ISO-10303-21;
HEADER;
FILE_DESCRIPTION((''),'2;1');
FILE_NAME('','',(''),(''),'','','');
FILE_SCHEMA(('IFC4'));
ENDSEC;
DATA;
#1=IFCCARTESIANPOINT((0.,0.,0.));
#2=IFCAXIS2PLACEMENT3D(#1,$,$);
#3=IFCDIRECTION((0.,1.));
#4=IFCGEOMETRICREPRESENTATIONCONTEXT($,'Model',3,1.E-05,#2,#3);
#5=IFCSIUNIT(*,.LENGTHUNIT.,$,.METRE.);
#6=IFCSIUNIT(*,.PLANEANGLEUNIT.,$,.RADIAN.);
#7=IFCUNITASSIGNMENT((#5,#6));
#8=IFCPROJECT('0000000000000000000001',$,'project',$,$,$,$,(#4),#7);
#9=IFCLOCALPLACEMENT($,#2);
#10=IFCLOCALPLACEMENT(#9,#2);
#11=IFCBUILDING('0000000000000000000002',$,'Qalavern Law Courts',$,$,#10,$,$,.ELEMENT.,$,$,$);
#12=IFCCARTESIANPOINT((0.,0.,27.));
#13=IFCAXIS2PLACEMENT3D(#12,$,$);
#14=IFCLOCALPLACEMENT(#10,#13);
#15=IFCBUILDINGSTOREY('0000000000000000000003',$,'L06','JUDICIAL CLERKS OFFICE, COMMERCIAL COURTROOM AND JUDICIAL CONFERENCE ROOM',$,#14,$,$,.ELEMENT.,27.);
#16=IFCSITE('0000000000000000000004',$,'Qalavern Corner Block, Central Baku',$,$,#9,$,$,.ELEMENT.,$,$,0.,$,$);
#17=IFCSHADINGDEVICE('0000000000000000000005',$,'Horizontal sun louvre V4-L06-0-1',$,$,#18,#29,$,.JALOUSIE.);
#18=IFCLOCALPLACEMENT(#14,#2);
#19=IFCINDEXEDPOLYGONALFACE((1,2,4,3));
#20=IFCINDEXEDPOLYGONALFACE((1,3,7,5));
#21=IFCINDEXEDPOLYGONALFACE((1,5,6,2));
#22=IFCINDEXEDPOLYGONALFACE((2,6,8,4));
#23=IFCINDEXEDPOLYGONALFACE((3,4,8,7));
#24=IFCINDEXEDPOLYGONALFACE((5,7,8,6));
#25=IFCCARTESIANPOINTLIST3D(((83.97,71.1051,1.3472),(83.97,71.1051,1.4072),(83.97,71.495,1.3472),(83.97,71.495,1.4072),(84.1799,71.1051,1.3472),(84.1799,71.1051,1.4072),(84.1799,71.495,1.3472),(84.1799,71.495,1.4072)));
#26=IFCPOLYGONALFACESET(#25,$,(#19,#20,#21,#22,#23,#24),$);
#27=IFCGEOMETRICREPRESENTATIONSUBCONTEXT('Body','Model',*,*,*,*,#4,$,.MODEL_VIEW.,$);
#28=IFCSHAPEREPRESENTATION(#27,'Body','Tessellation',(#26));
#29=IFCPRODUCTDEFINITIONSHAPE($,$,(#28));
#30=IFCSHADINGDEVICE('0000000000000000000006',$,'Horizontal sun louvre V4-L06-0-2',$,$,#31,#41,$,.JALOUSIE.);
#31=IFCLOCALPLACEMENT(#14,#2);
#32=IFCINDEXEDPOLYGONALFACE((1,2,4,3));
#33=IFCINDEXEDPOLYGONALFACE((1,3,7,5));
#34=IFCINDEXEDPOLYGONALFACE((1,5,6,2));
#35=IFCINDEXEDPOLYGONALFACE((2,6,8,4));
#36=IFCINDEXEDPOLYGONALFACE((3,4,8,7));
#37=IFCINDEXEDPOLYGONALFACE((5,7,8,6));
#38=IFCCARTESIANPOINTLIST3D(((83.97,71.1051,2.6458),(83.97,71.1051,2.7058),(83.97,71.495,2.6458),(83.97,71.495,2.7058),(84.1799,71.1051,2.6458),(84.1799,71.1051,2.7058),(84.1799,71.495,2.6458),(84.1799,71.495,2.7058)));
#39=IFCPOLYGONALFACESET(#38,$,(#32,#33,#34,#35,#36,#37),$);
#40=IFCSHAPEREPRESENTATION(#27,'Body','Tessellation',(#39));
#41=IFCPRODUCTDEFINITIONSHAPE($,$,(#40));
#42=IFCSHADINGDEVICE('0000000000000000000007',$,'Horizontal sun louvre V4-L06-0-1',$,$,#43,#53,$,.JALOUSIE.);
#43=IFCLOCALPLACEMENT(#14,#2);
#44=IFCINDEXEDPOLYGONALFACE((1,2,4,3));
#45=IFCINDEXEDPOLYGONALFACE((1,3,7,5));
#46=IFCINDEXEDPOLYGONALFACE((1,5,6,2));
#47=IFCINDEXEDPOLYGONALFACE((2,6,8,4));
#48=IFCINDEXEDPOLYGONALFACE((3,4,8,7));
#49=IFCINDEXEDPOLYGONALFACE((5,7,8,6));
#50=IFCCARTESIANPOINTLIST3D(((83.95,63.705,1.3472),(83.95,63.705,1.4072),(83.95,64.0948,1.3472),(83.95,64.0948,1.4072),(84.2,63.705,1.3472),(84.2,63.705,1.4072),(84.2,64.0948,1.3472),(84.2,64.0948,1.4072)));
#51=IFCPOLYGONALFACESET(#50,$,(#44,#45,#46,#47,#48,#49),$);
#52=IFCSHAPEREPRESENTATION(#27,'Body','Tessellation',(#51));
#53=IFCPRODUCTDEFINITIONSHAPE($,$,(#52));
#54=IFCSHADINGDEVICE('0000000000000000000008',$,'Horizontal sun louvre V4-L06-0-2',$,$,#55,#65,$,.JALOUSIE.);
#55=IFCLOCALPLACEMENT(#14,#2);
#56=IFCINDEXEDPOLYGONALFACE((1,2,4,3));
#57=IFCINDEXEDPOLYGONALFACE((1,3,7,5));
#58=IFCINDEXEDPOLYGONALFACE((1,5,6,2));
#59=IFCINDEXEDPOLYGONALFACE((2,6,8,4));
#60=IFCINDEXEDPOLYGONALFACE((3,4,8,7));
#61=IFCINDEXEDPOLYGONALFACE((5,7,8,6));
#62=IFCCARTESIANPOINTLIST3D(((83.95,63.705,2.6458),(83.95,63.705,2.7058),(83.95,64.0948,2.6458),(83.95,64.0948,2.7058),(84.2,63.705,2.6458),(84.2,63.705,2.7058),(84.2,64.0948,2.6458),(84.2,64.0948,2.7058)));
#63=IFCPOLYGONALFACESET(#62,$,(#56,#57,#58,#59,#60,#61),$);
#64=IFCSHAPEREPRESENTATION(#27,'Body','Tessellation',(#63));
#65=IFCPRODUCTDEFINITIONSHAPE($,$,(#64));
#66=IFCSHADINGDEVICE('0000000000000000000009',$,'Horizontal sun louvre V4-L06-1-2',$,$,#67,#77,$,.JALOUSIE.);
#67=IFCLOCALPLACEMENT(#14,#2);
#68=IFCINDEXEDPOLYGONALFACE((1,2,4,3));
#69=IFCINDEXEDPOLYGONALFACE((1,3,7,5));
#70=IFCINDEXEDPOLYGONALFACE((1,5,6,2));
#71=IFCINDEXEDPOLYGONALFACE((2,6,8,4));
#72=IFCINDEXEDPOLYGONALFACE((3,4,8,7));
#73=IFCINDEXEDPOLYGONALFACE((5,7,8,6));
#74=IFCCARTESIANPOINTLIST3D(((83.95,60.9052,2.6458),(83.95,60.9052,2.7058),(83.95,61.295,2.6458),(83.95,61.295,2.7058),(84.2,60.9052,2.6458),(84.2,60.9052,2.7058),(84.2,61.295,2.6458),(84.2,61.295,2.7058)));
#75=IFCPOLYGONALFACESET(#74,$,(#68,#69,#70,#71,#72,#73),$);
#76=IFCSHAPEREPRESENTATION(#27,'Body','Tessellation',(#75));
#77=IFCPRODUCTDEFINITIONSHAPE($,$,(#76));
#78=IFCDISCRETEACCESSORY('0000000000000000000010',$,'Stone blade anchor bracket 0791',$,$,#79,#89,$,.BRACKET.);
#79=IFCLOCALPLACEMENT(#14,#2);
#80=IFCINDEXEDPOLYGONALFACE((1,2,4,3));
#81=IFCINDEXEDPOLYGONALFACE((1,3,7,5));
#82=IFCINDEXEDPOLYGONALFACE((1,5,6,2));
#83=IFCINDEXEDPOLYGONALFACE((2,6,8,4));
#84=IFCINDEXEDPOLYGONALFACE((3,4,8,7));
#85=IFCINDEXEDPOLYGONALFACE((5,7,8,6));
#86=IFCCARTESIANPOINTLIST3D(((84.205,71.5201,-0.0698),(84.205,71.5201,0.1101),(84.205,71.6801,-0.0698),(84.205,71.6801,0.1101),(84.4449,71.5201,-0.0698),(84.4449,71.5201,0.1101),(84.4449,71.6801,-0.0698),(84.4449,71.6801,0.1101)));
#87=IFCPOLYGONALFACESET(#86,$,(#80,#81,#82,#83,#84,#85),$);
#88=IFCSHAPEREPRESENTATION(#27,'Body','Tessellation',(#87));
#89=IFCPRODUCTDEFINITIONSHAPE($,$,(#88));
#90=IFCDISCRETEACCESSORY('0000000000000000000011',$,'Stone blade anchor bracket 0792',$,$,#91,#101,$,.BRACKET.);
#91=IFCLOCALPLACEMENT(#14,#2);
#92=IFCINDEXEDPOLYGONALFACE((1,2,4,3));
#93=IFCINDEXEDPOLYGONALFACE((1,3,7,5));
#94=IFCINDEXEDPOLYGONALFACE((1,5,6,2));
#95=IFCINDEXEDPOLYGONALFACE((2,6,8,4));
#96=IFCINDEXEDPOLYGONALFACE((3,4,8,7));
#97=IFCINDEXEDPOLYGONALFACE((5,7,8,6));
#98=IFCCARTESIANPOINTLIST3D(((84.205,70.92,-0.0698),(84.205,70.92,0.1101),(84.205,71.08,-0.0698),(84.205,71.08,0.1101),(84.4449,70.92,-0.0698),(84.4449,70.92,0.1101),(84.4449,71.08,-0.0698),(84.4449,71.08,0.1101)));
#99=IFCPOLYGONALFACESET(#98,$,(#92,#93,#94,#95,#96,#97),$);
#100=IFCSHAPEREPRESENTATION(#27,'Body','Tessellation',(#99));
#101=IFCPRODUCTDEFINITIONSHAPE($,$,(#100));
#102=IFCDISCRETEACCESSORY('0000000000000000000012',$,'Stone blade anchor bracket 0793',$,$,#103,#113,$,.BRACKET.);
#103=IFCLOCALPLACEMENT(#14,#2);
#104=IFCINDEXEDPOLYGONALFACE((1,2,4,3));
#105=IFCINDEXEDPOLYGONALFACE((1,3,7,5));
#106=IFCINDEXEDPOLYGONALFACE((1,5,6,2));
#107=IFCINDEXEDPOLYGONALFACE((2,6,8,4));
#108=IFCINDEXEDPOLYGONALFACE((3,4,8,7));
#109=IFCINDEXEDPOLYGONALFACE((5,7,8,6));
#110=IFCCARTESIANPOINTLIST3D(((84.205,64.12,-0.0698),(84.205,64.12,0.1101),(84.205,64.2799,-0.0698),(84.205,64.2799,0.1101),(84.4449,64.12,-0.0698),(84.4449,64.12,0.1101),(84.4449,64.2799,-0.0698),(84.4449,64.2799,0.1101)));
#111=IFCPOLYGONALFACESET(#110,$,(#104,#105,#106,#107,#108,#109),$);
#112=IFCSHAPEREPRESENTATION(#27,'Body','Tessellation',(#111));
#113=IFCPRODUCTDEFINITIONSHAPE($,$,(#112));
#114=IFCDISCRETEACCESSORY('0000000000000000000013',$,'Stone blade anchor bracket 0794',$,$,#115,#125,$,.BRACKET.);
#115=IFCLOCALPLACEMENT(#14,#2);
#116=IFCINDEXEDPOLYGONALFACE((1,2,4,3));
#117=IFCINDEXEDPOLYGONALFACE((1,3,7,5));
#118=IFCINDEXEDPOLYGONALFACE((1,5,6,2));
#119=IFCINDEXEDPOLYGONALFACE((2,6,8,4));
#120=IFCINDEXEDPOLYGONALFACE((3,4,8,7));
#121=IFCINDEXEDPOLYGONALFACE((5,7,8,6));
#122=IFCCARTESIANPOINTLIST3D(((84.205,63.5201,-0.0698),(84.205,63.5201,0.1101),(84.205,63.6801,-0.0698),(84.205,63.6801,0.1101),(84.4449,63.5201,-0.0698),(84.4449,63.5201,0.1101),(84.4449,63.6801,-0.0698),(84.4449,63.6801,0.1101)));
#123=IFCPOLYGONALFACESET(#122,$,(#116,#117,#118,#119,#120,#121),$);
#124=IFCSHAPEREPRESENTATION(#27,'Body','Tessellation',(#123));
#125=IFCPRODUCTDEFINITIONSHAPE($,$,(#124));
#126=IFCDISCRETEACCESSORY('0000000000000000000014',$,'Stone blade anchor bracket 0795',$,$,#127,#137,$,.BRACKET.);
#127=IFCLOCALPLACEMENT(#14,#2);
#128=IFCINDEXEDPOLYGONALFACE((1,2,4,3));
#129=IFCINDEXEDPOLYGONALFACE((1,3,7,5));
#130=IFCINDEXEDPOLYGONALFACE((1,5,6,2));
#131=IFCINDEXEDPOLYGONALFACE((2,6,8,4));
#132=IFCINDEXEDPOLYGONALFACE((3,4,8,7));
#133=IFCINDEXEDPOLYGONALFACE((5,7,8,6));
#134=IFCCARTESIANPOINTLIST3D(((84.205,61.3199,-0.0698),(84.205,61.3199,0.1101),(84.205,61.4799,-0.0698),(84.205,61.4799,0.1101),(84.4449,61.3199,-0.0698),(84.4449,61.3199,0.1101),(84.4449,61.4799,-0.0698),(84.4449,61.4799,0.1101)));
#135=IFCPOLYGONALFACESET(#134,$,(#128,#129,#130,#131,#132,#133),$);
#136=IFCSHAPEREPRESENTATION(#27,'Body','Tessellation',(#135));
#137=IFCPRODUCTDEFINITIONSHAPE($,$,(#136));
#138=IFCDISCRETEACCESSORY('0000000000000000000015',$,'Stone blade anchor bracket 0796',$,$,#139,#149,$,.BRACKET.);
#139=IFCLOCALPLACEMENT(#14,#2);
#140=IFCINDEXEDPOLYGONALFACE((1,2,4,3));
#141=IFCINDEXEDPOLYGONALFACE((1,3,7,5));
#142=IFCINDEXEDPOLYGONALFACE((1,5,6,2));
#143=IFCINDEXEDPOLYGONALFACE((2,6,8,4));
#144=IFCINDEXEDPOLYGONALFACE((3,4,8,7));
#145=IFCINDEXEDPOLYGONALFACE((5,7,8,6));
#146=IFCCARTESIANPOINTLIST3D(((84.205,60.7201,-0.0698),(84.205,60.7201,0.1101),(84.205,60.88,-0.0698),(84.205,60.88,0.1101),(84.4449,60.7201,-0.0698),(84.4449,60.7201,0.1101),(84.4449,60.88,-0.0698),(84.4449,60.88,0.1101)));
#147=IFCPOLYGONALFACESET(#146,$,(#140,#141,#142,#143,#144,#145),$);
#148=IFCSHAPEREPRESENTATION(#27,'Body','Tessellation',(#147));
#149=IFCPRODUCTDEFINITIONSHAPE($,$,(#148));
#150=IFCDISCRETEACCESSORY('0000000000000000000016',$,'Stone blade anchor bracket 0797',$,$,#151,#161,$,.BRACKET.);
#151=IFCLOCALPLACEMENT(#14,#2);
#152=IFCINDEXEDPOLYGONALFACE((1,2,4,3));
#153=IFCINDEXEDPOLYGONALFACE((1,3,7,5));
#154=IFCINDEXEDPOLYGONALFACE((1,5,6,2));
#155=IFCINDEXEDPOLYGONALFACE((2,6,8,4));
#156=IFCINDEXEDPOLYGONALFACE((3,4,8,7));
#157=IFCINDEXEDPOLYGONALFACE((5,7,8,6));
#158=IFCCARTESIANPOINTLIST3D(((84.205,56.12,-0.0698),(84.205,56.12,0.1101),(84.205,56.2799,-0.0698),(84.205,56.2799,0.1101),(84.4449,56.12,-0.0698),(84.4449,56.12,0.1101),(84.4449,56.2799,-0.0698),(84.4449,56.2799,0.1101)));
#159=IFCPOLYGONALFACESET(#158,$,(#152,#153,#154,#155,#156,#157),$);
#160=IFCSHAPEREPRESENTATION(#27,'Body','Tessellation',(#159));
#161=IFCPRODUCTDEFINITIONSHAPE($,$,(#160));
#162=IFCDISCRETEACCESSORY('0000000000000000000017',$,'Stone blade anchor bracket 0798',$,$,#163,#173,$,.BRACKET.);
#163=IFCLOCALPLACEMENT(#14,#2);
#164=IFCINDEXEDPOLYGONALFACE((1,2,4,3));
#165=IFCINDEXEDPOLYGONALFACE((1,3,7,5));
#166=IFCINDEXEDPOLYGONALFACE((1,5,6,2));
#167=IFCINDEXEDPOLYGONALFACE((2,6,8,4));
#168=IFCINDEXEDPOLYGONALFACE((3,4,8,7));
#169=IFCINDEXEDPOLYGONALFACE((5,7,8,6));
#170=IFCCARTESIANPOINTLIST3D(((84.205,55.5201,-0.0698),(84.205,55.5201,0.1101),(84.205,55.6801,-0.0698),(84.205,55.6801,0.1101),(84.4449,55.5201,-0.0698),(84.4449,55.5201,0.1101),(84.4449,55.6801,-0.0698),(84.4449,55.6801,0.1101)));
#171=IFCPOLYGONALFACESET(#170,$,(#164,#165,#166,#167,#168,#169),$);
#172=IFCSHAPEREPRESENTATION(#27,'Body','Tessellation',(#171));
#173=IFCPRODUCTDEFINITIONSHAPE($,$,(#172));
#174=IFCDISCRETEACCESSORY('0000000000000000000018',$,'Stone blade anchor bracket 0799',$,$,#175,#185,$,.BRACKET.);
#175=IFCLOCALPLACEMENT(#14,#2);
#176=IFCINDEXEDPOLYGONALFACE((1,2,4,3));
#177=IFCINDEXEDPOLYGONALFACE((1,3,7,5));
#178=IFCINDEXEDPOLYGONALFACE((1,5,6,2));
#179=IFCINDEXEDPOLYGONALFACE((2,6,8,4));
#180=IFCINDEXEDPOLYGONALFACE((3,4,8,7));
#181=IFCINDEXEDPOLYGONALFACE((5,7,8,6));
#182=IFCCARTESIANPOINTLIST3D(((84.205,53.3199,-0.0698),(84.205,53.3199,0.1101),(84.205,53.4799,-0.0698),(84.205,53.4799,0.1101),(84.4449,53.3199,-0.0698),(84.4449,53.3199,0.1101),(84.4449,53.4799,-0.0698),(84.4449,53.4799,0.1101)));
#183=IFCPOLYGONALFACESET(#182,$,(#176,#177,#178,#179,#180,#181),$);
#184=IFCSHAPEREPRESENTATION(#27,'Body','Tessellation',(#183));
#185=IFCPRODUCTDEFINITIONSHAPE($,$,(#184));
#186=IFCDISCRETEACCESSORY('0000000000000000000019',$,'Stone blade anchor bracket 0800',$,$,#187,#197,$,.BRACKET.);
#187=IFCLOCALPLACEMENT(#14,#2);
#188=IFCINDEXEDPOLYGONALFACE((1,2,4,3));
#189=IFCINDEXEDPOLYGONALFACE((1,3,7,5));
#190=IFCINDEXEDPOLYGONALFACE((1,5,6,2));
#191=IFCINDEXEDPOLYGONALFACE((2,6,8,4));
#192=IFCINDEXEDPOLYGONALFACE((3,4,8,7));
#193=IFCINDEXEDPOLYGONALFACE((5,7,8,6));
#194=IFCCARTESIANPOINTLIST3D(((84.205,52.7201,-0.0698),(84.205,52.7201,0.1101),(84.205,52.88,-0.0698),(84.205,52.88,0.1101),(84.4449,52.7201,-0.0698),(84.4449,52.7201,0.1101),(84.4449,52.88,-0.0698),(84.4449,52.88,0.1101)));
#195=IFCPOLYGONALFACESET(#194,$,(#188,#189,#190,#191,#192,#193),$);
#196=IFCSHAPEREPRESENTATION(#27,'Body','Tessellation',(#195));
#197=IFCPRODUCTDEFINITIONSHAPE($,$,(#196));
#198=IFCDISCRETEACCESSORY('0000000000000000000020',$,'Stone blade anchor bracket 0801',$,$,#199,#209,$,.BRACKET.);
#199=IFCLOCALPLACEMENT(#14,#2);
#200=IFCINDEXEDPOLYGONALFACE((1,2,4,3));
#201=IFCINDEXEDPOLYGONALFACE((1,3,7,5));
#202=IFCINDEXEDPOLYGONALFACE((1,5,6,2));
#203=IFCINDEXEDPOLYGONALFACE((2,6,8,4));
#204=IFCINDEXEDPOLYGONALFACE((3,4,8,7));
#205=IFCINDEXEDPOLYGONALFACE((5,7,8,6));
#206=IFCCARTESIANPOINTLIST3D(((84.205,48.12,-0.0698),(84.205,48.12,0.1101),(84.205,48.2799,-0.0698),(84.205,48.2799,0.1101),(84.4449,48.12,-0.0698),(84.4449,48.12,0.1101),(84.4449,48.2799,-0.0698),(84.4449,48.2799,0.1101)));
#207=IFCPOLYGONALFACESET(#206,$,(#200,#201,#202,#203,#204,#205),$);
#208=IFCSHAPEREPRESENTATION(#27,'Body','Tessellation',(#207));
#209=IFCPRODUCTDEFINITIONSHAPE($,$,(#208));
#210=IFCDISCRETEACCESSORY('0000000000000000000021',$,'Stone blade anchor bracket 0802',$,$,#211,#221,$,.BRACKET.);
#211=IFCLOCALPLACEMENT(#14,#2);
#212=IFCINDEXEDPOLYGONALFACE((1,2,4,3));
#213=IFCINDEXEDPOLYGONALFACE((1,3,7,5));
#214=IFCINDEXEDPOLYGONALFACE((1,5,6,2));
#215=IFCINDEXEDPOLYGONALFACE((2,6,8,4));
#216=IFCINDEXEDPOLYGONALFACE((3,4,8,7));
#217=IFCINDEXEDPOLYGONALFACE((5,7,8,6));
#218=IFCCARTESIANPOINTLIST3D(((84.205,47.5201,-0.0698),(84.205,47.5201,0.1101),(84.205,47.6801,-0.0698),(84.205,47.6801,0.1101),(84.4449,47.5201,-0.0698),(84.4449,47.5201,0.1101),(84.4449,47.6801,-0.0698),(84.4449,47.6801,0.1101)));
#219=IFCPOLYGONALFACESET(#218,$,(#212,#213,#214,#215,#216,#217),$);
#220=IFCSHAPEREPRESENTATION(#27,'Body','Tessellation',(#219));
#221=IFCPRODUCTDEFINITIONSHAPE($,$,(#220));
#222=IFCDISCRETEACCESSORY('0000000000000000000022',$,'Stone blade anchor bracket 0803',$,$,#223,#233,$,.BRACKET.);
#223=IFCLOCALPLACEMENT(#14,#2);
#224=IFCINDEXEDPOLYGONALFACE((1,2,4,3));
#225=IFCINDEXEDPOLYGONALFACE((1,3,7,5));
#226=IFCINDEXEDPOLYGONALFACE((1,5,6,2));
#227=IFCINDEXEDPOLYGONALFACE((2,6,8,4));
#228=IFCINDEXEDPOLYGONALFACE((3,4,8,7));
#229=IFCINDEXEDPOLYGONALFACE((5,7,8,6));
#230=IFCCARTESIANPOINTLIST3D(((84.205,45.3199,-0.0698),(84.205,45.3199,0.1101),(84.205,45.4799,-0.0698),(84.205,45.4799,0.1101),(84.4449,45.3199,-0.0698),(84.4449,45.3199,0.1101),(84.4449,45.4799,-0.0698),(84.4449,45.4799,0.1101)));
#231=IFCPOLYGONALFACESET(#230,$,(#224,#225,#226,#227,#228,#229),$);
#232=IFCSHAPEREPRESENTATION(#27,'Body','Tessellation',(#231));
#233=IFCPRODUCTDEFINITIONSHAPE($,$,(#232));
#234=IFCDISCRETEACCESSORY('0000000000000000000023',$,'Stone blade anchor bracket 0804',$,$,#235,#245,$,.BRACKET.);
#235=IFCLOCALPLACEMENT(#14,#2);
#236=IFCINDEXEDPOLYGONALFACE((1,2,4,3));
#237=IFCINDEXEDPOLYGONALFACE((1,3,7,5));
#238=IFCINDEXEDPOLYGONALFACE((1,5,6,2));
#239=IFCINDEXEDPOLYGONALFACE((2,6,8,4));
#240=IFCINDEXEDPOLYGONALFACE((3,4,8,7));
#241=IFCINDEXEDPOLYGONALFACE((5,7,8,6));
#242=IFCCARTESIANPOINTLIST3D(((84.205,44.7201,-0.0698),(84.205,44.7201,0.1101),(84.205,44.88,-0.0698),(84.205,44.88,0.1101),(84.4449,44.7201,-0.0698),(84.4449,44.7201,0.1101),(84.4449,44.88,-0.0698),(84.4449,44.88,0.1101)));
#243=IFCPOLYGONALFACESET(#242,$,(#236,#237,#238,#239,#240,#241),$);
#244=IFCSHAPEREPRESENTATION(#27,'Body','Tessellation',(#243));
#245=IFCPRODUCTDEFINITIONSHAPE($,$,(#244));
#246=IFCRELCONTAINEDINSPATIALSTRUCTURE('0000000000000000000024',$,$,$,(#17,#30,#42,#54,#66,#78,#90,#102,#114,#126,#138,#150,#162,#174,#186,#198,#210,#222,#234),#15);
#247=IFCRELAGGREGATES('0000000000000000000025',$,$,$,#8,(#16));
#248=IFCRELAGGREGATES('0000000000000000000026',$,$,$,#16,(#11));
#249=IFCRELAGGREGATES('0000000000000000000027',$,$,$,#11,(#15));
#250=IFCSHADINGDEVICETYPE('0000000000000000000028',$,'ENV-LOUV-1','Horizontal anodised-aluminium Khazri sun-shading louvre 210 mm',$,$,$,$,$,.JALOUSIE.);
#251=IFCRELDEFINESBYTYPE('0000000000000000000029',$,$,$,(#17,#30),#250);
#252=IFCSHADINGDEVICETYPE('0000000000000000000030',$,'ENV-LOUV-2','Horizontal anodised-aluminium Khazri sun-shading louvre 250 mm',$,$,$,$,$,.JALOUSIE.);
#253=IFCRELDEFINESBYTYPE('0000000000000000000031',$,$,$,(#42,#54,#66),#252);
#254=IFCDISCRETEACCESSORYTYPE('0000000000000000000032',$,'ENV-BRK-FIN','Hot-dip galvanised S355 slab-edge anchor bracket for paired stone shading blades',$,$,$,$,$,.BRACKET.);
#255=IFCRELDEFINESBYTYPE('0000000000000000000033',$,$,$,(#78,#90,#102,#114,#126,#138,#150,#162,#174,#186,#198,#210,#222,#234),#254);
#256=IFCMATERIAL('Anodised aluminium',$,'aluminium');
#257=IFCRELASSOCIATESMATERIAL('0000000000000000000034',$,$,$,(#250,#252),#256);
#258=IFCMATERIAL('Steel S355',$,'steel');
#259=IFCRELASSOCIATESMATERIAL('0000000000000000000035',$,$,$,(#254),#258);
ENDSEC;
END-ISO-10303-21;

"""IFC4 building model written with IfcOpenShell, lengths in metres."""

from ifc_helpers import new_model, si_unit, direction, frame, origin, origin_2d, place, context, subcontext, project, spatial, rectangle, extrude, material, type_object, element, save


model = new_model("IFC4")

# Units and contexts
model_context = context("Model", 3, precision=1e-05, world=origin(), true_north=direction((0.0, 1.0)))
body_context = subcontext(model_context, "Body", "Model", "MODEL_VIEW")
ifc_project = project(units=[si_unit("LENGTHUNIT", "METRE"), si_unit("PLANEANGLEUNIT", "RADIAN")], contexts=[model_context])

# Site, building, storey
site_placement = place(None, origin())
site = spatial("IfcSite", under=ifc_project, at=site_placement, Name="Qalavern Corner Block, Central Baku", CompositionType="ELEMENT", RefElevation=0.0)
building_placement = place(site_placement, origin())
building = spatial("IfcBuilding", under=site, at=building_placement, Name="Qalavern Law Courts", CompositionType="ELEMENT")
storey_placement = place(building_placement, frame((0.0, 0.0, 27.0)))
storey = spatial("IfcBuildingStorey", under=building, at=storey_placement, Name="L06", Description="JUDICIAL CLERKS OFFICE, COMMERCIAL COURTROOM AND JUDICIAL CONFERENCE ROOM", CompositionType="ELEMENT", Elevation=27.0)

# Shared definitions
ifc_material_1 = material(Name="Anodised aluminium", Category="aluminium")

# Shading devices
shading_device_type_1 = type_object("IfcShadingDeviceType", Name="ENV-LOUV-1", Description="Horizontal anodised-aluminium Khazri sun-shading louvre 210 mm", PredefinedType="JALOUSIE", material=ifc_material_1)
for number, where, z_axis, x_axis, name in (
    (1, (84.075, 71.3, 1.3472), (0.0, 0.0, 1.0), (0.0, -1.0, 0.0), "Horizontal sun louvre V4-L06-0-1"),
    (2, (84.075, 71.3, 2.6458), (0.0, 0.0, 1.0), (0.0, -1.0, 0.0), "Horizontal sun louvre V4-L06-0-2"),
):
    element("IfcShadingDevice", number, at=place(storey_placement, frame(where, z_axis=z_axis, x_axis=x_axis)), inside=storey, type_object=shading_device_type_1, Name=name, PredefinedType="JALOUSIE", context=body_context, shape_type="SweptSolid", body=[
        extrude(rectangle(XDim=0.3899, YDim=0.21, at=origin_2d()), origin(), (0.0, 0.0, 1.0), 0.0601),
    ])
shading_device_type_2 = type_object("IfcShadingDeviceType", Name="ENV-LOUV-2", Description="Horizontal anodised-aluminium Khazri sun-shading louvre 250 mm", PredefinedType="JALOUSIE", material=ifc_material_1)
for number, where, z_axis, x_axis, name in (
    (3, (84.075, 63.8999, 1.3472), (0.0, 0.0, 1.0), (0.0, -1.0, 0.0), "Horizontal sun louvre V4-L06-0-1"),
    (4, (84.075, 63.8999, 2.6458), (0.0, 0.0, 1.0), (0.0, -1.0, 0.0), "Horizontal sun louvre V4-L06-0-2"),
    (5, (84.075, 61.1001, 2.6458), (0.0, 0.0, 1.0), (0.0, -1.0, 0.0), "Horizontal sun louvre V4-L06-1-2"),
):
    element("IfcShadingDevice", number, at=place(storey_placement, frame(where, z_axis=z_axis, x_axis=x_axis)), inside=storey, type_object=shading_device_type_2, Name=name, PredefinedType="JALOUSIE", context=body_context, shape_type="SweptSolid", body=[
        extrude(rectangle(XDim=0.3899, YDim=0.25, at=origin_2d()), origin(), (0.0, 0.0, 1.0), 0.0601),
    ])

# Discrete accessories
ifc_material_2 = material(Name="Steel S355", Category="steel")
discrete_accessory_type = type_object("IfcDiscreteAccessoryType", Name="ENV-BRK-FIN", Description="Hot-dip galvanised S355 slab-edge anchor bracket for paired stone shading blades", PredefinedType="BRACKET", material=ifc_material_2)
for number, where, z_axis, x_axis, name in (
    (6, (84.325, 71.6001, -0.0698), (0.0, 0.0, 1.0), (-1.0, 0.0, 0.0), "Stone blade anchor bracket 0791"),
    (7, (84.325, 71.0, -0.0698), (0.0, 0.0, 1.0), (-1.0, 0.0, 0.0), "Stone blade anchor bracket 0792"),
    (8, (84.325, 64.2, -0.0698), (0.0, 0.0, 1.0), (-1.0, 0.0, 0.0), "Stone blade anchor bracket 0793"),
    (9, (84.325, 63.6001, -0.0698), (0.0, 0.0, 1.0), (-1.0, 0.0, 0.0), "Stone blade anchor bracket 0794"),
    (10, (84.325, 61.3999, -0.0698), (0.0, 0.0, 1.0), (-1.0, 0.0, 0.0), "Stone blade anchor bracket 0795"),
    (11, (84.325, 60.8, -0.0698), (0.0, 0.0, 1.0), (-1.0, 0.0, 0.0), "Stone blade anchor bracket 0796"),
    (12, (84.325, 56.2, -0.0698), (0.0, 0.0, 1.0), (-1.0, 0.0, 0.0), "Stone blade anchor bracket 0797"),
    (13, (84.325, 55.6001, -0.0698), (0.0, 0.0, 1.0), (-1.0, 0.0, 0.0), "Stone blade anchor bracket 0798"),
    (14, (84.325, 53.3999, -0.0698), (0.0, 0.0, 1.0), (-1.0, 0.0, 0.0), "Stone blade anchor bracket 0799"),
    (15, (84.325, 52.8, -0.0698), (0.0, 0.0, 1.0), (-1.0, 0.0, 0.0), "Stone blade anchor bracket 0800"),
    (16, (84.325, 48.2, -0.0698), (0.0, 0.0, 1.0), (-1.0, 0.0, 0.0), "Stone blade anchor bracket 0801"),
    (17, (84.325, 47.6001, -0.0698), (0.0, 0.0, 1.0), (-1.0, 0.0, 0.0), "Stone blade anchor bracket 0802"),
    (18, (84.325, 45.3999, -0.0698), (0.0, 0.0, 1.0), (-1.0, 0.0, 0.0), "Stone blade anchor bracket 0803"),
    (19, (84.325, 44.8, -0.0698), (0.0, 0.0, 1.0), (-1.0, 0.0, 0.0), "Stone blade anchor bracket 0804"),
):
    element("IfcDiscreteAccessory", number, at=place(storey_placement, frame(where, z_axis=z_axis, x_axis=x_axis)), inside=storey, type_object=discrete_accessory_type, Name=name, PredefinedType="BRACKET", context=body_context, shape_type="SweptSolid", body=[
        extrude(rectangle(XDim=0.24, YDim=0.1599, at=origin_2d()), origin(), (0.0, 0.0, 1.0), 0.1799),
    ])

save(model, "model.ifc")
